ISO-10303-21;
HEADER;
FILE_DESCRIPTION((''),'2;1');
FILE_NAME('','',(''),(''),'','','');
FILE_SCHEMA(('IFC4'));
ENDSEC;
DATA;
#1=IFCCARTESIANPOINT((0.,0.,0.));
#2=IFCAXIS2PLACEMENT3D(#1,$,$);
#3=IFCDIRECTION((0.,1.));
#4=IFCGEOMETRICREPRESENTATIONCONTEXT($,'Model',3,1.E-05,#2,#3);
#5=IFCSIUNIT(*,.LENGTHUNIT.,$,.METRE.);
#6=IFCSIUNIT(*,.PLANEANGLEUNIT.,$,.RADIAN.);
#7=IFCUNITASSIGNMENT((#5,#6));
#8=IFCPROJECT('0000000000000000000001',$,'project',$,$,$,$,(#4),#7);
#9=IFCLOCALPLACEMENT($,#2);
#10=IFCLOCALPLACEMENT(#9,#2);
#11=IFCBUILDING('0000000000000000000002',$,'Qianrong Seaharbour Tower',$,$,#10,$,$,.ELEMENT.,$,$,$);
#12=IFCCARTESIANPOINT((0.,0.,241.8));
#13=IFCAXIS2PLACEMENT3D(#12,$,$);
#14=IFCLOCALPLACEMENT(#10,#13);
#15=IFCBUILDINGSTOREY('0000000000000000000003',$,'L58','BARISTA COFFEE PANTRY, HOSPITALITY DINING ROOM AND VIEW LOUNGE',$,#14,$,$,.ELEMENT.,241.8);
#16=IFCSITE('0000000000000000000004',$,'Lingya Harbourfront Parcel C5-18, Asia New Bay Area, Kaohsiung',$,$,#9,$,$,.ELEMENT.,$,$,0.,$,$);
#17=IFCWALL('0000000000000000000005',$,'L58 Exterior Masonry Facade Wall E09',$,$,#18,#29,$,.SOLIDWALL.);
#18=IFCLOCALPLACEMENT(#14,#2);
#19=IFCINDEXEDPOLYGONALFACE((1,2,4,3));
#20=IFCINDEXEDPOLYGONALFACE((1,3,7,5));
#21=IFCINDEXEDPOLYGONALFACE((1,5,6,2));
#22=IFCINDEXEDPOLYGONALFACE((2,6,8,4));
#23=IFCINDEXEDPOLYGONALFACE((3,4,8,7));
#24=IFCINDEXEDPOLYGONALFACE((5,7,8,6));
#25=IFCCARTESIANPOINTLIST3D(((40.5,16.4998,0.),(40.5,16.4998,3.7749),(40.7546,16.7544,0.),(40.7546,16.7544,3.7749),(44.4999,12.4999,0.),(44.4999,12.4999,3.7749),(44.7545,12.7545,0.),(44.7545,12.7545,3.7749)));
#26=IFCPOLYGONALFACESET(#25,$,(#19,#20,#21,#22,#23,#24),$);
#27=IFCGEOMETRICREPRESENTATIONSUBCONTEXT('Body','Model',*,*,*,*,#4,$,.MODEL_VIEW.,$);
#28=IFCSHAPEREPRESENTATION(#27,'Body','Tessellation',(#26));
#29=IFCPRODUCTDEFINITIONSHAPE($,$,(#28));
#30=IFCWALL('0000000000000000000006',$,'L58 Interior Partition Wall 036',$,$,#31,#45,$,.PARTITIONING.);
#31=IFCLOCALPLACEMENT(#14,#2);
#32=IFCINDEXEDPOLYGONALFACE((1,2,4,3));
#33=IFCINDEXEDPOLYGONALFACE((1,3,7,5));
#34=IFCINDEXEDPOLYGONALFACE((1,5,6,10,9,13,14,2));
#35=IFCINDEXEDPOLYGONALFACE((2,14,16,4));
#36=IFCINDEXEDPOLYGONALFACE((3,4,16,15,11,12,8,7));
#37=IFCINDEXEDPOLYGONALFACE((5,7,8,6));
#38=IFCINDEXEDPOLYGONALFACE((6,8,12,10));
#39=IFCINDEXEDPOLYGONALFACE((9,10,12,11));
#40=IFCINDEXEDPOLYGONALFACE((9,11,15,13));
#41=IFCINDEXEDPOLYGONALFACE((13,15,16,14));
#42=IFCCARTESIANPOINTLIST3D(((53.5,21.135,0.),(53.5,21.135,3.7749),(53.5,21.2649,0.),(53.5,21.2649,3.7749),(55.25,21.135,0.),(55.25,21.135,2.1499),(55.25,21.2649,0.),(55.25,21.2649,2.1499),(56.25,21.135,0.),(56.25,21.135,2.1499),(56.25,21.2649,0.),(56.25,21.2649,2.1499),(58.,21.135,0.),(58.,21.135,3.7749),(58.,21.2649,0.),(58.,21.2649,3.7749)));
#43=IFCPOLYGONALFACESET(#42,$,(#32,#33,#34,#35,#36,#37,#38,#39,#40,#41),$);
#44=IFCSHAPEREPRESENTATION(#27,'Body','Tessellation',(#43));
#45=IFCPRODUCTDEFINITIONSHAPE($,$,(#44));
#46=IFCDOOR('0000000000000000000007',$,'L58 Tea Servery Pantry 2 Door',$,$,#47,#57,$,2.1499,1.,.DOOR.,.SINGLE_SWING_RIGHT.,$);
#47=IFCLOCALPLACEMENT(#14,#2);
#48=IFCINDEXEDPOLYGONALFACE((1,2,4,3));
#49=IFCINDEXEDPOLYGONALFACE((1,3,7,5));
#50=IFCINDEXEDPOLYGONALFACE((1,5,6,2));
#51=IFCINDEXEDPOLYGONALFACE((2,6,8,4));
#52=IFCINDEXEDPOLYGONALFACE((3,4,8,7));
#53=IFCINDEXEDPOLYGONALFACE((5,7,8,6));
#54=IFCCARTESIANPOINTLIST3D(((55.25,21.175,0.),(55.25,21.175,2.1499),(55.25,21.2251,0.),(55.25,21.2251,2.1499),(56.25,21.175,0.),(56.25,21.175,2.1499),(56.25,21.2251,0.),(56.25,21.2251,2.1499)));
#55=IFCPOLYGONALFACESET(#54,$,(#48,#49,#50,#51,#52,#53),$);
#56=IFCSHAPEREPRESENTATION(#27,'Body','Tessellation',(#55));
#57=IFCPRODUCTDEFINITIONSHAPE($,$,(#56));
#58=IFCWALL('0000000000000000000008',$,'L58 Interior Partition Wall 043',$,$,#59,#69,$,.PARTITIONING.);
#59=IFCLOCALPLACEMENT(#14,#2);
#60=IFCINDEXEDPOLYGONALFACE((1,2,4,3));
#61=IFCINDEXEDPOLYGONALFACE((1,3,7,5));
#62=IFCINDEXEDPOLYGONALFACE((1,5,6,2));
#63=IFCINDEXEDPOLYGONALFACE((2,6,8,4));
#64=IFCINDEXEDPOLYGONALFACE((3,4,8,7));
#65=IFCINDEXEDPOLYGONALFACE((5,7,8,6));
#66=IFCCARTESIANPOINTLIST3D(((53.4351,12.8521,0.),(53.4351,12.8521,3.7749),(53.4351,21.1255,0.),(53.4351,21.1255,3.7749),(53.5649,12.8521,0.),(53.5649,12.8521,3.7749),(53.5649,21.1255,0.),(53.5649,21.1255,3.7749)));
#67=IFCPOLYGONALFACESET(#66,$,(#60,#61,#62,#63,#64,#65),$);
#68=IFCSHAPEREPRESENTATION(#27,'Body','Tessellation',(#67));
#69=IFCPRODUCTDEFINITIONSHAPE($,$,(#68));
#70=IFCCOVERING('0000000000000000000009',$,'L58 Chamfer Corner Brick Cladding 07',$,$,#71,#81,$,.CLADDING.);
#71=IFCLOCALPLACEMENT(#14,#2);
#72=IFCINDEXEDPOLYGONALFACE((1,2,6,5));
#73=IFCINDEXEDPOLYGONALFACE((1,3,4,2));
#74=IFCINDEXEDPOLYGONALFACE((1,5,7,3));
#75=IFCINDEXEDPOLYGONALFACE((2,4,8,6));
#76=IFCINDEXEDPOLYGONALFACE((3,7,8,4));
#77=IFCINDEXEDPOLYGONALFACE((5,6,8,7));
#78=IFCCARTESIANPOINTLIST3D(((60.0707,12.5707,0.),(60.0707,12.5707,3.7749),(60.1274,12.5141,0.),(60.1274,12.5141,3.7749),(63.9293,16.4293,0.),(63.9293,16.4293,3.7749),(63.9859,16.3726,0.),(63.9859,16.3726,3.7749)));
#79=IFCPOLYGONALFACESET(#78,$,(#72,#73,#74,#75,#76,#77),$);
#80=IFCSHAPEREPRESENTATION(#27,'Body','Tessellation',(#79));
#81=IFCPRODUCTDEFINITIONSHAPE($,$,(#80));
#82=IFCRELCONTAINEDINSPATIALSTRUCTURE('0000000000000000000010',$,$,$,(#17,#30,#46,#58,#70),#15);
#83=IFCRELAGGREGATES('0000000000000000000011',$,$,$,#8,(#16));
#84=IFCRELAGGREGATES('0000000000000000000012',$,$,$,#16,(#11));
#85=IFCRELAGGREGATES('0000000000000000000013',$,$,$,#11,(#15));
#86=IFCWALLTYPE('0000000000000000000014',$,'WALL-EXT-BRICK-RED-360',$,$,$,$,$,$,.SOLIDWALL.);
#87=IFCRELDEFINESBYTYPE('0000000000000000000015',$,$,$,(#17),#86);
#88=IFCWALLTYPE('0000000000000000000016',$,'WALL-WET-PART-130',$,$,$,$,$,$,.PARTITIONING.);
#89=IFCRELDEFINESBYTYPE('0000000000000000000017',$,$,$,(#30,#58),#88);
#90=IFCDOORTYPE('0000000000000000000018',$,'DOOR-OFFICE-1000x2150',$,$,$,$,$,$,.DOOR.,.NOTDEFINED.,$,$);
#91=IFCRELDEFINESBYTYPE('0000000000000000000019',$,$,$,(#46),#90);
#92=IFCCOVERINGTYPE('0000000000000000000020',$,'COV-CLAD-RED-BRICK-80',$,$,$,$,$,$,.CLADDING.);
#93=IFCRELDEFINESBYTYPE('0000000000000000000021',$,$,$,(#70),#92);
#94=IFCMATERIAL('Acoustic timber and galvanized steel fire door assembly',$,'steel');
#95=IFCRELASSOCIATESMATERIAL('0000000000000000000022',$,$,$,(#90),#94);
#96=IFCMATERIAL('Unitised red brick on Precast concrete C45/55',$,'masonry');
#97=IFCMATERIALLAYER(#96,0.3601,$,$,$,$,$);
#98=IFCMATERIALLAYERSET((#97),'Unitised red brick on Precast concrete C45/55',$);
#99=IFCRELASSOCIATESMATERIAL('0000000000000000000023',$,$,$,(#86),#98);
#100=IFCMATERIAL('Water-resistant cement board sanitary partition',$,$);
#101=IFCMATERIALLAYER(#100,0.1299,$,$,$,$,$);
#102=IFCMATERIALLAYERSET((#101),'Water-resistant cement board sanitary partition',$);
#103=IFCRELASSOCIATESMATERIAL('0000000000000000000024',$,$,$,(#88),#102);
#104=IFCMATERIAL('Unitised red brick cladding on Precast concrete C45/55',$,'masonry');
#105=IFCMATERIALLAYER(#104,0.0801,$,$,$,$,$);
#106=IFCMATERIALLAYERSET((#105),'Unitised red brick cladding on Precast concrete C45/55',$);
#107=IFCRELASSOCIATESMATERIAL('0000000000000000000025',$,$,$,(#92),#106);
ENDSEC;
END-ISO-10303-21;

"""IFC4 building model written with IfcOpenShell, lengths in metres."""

from ifc_helpers import new_model, si_unit, direction, frame, frame_2d, origin, origin_2d, place, context, subcontext, project, spatial, rectangle, extrude, material, layer, layer_set, type_object, element, fill, save


model = new_model("IFC4")

# Units and contexts
model_context = context("Model", 3, precision=1e-05, world=origin(), true_north=direction((0.0, 1.0)))
body_context = subcontext(model_context, "Body", "Model", "MODEL_VIEW")
ifc_project = project(units=[si_unit("LENGTHUNIT", "METRE"), si_unit("PLANEANGLEUNIT", "RADIAN")], contexts=[model_context])

# Site, building, storey
site_placement = place(None, origin())
site = spatial("IfcSite", under=ifc_project, at=site_placement, Name="Lingya Harbourfront Parcel C5-18, Asia New Bay Area, Kaohsiung", CompositionType="ELEMENT", RefElevation=0.0)
building_placement = place(site_placement, origin())
building = spatial("IfcBuilding", under=site, at=building_placement, Name="Qianrong Seaharbour Tower", CompositionType="ELEMENT")
storey_placement = place(building_placement, frame((0.0, 0.0, 241.8)))
storey = spatial("IfcBuildingStorey", under=building, at=storey_placement, Name="L58", Description="BARISTA COFFEE PANTRY, HOSPITALITY DINING ROOM AND VIEW LOUNGE", CompositionType="ELEMENT", Elevation=241.8)

# Shared definitions
ifc_material_1 = material(Name="Acoustic timber and galvanized steel fire door assembly", Category="steel")
door_type = type_object("IfcDoorType", Name="DOOR-OFFICE-1000x2150", OperationType="NOTDEFINED", PredefinedType="DOOR", material=ifc_material_1)

# Wall
ifc_material_2 = material(Name="Unitised red brick on Precast concrete C45/55", Category="masonry")
ifc_layer_1 = layer(ifc_material_2, 0.3601)
ifc_layer_set_1 = layer_set([ifc_layer_1], Name="Unitised red brick on Precast concrete C45/55")
wall_type_1 = type_object("IfcWallType", Name="WALL-EXT-BRICK-RED-360", PredefinedType="SOLIDWALL", material=ifc_layer_set_1)
wall_1_placement = place(storey_placement, frame((44.6272, 12.6272, 0.0), z_axis=(0.0, 0.0, 1.0), x_axis=(-0.707107, 0.707107, 0.0)))
element("IfcWall", 1, at=wall_1_placement, inside=storey, type_object=wall_type_1, Name="L58 Exterior Masonry Facade Wall E09", PredefinedType="SOLIDWALL", context=body_context, shape_type="SweptSolid", body=[
    extrude(rectangle(XDim=5.6567, YDim=0.3601, at=frame_2d((2.8284, 0.0))), origin(), (0.0, 0.0, 1.0), 3.7749),
])

# Wall, opening, door
ifc_material_3 = material(Name="Water-resistant cement board sanitary partition")
ifc_layer_2 = layer(ifc_material_3, 0.1299)
ifc_layer_set_2 = layer_set([ifc_layer_2], Name="Water-resistant cement board sanitary partition")
wall_type_2 = type_object("IfcWallType", Name="WALL-WET-PART-130", PredefinedType="PARTITIONING", material=ifc_layer_set_2)
wall_2_placement = place(storey_placement, frame((58.0, 21.2, 0.0), z_axis=(0.0, 0.0, 1.0), x_axis=(-1.0, 0.0, 0.0)))
wall_2 = element("IfcWall", 2, at=wall_2_placement, inside=storey, type_object=wall_type_2, Name="L58 Interior Partition Wall 036", PredefinedType="PARTITIONING", context=body_context, shape_type="SweptSolid", body=[
    extrude(rectangle(XDim=4.5, YDim=0.1299, at=frame_2d((2.25, 0.0))), origin(), (0.0, 0.0, 1.0), 3.7749),
])
opening_1_placement = place(wall_2_placement, frame((1.75, 0.0, 0.0)))
opening_1 = element("IfcOpeningElement", 3, at=opening_1_placement, cuts=wall_2, PredefinedType="OPENING", context=body_context, shape_type="SweptSolid", body=[
    extrude(rectangle(XDim=1.0, YDim=2.1499, at=frame_2d((0.5, 1.075))), frame((0.0, 0.075, 0.0), z_axis=(0.0, -1.0, 0.0), x_axis=(1.0, 0.0, 0.0)), (0.0, 0.0, 1.0), 0.1499),
])
door_1_placement = place(opening_1_placement, origin())
door_1 = element("IfcDoor", 4, at=door_1_placement, inside=storey, type_object=door_type, Name="L58 Tea Servery Pantry 2 Door", OperationType="SINGLE_SWING_RIGHT", OverallHeight=2.1499, OverallWidth=1.0, PredefinedType="DOOR", context=body_context, shape_type="SweptSolid", body=[
    extrude(rectangle(XDim=1.0, YDim=2.1499, at=frame_2d((0.5, 1.075))), frame((0.0, 0.0249, 0.0), z_axis=(0.0, -1.0, 0.0), x_axis=(1.0, 0.0, 0.0)), (0.0, 0.0, 1.0), 0.05),
])
fill(opening_1, door_1)

# Wall
wall_3_placement = place(storey_placement, frame((53.5, 21.1255, 0.0), z_axis=(0.0, 0.0, 1.0), x_axis=(0.0, -1.0, 0.0)))
element("IfcWall", 5, at=wall_3_placement, inside=storey, type_object=wall_type_2, Name="L58 Interior Partition Wall 043", PredefinedType="PARTITIONING", context=body_context, shape_type="SweptSolid", body=[
    extrude(rectangle(XDim=8.2734, YDim=0.1299, at=frame_2d((4.1367, 0.0))), origin(), (0.0, 0.0, 1.0), 3.7749),
])

# Covering
ifc_material_4 = material(Name="Unitised red brick cladding on Precast concrete C45/55", Category="masonry")
ifc_layer_3 = layer(ifc_material_4, 0.0801)
ifc_layer_set_3 = layer_set([ifc_layer_3], Name="Unitised red brick cladding on Precast concrete C45/55")
covering_type = type_object("IfcCoveringType", Name="COV-CLAD-RED-BRICK-80", PredefinedType="CLADDING", material=ifc_layer_set_3)
covering_placement = place(storey_placement, frame((62.0283, 14.4717, 0.0), z_axis=(0.0, 0.0, 1.0), x_axis=(-0.707107, -0.707107, 0.0)))
element("IfcCovering", 6, at=covering_placement, inside=storey, type_object=covering_type, Name="L58 Chamfer Corner Brick Cladding 07", PredefinedType="CLADDING", context=body_context, shape_type="SweptSolid", body=[
    extrude(rectangle(XDim=5.4568, YDim=0.0801, at=origin_2d()), origin(), (0.0, 0.0, 1.0), 3.7749),
])

save(model, "model.ifc")
